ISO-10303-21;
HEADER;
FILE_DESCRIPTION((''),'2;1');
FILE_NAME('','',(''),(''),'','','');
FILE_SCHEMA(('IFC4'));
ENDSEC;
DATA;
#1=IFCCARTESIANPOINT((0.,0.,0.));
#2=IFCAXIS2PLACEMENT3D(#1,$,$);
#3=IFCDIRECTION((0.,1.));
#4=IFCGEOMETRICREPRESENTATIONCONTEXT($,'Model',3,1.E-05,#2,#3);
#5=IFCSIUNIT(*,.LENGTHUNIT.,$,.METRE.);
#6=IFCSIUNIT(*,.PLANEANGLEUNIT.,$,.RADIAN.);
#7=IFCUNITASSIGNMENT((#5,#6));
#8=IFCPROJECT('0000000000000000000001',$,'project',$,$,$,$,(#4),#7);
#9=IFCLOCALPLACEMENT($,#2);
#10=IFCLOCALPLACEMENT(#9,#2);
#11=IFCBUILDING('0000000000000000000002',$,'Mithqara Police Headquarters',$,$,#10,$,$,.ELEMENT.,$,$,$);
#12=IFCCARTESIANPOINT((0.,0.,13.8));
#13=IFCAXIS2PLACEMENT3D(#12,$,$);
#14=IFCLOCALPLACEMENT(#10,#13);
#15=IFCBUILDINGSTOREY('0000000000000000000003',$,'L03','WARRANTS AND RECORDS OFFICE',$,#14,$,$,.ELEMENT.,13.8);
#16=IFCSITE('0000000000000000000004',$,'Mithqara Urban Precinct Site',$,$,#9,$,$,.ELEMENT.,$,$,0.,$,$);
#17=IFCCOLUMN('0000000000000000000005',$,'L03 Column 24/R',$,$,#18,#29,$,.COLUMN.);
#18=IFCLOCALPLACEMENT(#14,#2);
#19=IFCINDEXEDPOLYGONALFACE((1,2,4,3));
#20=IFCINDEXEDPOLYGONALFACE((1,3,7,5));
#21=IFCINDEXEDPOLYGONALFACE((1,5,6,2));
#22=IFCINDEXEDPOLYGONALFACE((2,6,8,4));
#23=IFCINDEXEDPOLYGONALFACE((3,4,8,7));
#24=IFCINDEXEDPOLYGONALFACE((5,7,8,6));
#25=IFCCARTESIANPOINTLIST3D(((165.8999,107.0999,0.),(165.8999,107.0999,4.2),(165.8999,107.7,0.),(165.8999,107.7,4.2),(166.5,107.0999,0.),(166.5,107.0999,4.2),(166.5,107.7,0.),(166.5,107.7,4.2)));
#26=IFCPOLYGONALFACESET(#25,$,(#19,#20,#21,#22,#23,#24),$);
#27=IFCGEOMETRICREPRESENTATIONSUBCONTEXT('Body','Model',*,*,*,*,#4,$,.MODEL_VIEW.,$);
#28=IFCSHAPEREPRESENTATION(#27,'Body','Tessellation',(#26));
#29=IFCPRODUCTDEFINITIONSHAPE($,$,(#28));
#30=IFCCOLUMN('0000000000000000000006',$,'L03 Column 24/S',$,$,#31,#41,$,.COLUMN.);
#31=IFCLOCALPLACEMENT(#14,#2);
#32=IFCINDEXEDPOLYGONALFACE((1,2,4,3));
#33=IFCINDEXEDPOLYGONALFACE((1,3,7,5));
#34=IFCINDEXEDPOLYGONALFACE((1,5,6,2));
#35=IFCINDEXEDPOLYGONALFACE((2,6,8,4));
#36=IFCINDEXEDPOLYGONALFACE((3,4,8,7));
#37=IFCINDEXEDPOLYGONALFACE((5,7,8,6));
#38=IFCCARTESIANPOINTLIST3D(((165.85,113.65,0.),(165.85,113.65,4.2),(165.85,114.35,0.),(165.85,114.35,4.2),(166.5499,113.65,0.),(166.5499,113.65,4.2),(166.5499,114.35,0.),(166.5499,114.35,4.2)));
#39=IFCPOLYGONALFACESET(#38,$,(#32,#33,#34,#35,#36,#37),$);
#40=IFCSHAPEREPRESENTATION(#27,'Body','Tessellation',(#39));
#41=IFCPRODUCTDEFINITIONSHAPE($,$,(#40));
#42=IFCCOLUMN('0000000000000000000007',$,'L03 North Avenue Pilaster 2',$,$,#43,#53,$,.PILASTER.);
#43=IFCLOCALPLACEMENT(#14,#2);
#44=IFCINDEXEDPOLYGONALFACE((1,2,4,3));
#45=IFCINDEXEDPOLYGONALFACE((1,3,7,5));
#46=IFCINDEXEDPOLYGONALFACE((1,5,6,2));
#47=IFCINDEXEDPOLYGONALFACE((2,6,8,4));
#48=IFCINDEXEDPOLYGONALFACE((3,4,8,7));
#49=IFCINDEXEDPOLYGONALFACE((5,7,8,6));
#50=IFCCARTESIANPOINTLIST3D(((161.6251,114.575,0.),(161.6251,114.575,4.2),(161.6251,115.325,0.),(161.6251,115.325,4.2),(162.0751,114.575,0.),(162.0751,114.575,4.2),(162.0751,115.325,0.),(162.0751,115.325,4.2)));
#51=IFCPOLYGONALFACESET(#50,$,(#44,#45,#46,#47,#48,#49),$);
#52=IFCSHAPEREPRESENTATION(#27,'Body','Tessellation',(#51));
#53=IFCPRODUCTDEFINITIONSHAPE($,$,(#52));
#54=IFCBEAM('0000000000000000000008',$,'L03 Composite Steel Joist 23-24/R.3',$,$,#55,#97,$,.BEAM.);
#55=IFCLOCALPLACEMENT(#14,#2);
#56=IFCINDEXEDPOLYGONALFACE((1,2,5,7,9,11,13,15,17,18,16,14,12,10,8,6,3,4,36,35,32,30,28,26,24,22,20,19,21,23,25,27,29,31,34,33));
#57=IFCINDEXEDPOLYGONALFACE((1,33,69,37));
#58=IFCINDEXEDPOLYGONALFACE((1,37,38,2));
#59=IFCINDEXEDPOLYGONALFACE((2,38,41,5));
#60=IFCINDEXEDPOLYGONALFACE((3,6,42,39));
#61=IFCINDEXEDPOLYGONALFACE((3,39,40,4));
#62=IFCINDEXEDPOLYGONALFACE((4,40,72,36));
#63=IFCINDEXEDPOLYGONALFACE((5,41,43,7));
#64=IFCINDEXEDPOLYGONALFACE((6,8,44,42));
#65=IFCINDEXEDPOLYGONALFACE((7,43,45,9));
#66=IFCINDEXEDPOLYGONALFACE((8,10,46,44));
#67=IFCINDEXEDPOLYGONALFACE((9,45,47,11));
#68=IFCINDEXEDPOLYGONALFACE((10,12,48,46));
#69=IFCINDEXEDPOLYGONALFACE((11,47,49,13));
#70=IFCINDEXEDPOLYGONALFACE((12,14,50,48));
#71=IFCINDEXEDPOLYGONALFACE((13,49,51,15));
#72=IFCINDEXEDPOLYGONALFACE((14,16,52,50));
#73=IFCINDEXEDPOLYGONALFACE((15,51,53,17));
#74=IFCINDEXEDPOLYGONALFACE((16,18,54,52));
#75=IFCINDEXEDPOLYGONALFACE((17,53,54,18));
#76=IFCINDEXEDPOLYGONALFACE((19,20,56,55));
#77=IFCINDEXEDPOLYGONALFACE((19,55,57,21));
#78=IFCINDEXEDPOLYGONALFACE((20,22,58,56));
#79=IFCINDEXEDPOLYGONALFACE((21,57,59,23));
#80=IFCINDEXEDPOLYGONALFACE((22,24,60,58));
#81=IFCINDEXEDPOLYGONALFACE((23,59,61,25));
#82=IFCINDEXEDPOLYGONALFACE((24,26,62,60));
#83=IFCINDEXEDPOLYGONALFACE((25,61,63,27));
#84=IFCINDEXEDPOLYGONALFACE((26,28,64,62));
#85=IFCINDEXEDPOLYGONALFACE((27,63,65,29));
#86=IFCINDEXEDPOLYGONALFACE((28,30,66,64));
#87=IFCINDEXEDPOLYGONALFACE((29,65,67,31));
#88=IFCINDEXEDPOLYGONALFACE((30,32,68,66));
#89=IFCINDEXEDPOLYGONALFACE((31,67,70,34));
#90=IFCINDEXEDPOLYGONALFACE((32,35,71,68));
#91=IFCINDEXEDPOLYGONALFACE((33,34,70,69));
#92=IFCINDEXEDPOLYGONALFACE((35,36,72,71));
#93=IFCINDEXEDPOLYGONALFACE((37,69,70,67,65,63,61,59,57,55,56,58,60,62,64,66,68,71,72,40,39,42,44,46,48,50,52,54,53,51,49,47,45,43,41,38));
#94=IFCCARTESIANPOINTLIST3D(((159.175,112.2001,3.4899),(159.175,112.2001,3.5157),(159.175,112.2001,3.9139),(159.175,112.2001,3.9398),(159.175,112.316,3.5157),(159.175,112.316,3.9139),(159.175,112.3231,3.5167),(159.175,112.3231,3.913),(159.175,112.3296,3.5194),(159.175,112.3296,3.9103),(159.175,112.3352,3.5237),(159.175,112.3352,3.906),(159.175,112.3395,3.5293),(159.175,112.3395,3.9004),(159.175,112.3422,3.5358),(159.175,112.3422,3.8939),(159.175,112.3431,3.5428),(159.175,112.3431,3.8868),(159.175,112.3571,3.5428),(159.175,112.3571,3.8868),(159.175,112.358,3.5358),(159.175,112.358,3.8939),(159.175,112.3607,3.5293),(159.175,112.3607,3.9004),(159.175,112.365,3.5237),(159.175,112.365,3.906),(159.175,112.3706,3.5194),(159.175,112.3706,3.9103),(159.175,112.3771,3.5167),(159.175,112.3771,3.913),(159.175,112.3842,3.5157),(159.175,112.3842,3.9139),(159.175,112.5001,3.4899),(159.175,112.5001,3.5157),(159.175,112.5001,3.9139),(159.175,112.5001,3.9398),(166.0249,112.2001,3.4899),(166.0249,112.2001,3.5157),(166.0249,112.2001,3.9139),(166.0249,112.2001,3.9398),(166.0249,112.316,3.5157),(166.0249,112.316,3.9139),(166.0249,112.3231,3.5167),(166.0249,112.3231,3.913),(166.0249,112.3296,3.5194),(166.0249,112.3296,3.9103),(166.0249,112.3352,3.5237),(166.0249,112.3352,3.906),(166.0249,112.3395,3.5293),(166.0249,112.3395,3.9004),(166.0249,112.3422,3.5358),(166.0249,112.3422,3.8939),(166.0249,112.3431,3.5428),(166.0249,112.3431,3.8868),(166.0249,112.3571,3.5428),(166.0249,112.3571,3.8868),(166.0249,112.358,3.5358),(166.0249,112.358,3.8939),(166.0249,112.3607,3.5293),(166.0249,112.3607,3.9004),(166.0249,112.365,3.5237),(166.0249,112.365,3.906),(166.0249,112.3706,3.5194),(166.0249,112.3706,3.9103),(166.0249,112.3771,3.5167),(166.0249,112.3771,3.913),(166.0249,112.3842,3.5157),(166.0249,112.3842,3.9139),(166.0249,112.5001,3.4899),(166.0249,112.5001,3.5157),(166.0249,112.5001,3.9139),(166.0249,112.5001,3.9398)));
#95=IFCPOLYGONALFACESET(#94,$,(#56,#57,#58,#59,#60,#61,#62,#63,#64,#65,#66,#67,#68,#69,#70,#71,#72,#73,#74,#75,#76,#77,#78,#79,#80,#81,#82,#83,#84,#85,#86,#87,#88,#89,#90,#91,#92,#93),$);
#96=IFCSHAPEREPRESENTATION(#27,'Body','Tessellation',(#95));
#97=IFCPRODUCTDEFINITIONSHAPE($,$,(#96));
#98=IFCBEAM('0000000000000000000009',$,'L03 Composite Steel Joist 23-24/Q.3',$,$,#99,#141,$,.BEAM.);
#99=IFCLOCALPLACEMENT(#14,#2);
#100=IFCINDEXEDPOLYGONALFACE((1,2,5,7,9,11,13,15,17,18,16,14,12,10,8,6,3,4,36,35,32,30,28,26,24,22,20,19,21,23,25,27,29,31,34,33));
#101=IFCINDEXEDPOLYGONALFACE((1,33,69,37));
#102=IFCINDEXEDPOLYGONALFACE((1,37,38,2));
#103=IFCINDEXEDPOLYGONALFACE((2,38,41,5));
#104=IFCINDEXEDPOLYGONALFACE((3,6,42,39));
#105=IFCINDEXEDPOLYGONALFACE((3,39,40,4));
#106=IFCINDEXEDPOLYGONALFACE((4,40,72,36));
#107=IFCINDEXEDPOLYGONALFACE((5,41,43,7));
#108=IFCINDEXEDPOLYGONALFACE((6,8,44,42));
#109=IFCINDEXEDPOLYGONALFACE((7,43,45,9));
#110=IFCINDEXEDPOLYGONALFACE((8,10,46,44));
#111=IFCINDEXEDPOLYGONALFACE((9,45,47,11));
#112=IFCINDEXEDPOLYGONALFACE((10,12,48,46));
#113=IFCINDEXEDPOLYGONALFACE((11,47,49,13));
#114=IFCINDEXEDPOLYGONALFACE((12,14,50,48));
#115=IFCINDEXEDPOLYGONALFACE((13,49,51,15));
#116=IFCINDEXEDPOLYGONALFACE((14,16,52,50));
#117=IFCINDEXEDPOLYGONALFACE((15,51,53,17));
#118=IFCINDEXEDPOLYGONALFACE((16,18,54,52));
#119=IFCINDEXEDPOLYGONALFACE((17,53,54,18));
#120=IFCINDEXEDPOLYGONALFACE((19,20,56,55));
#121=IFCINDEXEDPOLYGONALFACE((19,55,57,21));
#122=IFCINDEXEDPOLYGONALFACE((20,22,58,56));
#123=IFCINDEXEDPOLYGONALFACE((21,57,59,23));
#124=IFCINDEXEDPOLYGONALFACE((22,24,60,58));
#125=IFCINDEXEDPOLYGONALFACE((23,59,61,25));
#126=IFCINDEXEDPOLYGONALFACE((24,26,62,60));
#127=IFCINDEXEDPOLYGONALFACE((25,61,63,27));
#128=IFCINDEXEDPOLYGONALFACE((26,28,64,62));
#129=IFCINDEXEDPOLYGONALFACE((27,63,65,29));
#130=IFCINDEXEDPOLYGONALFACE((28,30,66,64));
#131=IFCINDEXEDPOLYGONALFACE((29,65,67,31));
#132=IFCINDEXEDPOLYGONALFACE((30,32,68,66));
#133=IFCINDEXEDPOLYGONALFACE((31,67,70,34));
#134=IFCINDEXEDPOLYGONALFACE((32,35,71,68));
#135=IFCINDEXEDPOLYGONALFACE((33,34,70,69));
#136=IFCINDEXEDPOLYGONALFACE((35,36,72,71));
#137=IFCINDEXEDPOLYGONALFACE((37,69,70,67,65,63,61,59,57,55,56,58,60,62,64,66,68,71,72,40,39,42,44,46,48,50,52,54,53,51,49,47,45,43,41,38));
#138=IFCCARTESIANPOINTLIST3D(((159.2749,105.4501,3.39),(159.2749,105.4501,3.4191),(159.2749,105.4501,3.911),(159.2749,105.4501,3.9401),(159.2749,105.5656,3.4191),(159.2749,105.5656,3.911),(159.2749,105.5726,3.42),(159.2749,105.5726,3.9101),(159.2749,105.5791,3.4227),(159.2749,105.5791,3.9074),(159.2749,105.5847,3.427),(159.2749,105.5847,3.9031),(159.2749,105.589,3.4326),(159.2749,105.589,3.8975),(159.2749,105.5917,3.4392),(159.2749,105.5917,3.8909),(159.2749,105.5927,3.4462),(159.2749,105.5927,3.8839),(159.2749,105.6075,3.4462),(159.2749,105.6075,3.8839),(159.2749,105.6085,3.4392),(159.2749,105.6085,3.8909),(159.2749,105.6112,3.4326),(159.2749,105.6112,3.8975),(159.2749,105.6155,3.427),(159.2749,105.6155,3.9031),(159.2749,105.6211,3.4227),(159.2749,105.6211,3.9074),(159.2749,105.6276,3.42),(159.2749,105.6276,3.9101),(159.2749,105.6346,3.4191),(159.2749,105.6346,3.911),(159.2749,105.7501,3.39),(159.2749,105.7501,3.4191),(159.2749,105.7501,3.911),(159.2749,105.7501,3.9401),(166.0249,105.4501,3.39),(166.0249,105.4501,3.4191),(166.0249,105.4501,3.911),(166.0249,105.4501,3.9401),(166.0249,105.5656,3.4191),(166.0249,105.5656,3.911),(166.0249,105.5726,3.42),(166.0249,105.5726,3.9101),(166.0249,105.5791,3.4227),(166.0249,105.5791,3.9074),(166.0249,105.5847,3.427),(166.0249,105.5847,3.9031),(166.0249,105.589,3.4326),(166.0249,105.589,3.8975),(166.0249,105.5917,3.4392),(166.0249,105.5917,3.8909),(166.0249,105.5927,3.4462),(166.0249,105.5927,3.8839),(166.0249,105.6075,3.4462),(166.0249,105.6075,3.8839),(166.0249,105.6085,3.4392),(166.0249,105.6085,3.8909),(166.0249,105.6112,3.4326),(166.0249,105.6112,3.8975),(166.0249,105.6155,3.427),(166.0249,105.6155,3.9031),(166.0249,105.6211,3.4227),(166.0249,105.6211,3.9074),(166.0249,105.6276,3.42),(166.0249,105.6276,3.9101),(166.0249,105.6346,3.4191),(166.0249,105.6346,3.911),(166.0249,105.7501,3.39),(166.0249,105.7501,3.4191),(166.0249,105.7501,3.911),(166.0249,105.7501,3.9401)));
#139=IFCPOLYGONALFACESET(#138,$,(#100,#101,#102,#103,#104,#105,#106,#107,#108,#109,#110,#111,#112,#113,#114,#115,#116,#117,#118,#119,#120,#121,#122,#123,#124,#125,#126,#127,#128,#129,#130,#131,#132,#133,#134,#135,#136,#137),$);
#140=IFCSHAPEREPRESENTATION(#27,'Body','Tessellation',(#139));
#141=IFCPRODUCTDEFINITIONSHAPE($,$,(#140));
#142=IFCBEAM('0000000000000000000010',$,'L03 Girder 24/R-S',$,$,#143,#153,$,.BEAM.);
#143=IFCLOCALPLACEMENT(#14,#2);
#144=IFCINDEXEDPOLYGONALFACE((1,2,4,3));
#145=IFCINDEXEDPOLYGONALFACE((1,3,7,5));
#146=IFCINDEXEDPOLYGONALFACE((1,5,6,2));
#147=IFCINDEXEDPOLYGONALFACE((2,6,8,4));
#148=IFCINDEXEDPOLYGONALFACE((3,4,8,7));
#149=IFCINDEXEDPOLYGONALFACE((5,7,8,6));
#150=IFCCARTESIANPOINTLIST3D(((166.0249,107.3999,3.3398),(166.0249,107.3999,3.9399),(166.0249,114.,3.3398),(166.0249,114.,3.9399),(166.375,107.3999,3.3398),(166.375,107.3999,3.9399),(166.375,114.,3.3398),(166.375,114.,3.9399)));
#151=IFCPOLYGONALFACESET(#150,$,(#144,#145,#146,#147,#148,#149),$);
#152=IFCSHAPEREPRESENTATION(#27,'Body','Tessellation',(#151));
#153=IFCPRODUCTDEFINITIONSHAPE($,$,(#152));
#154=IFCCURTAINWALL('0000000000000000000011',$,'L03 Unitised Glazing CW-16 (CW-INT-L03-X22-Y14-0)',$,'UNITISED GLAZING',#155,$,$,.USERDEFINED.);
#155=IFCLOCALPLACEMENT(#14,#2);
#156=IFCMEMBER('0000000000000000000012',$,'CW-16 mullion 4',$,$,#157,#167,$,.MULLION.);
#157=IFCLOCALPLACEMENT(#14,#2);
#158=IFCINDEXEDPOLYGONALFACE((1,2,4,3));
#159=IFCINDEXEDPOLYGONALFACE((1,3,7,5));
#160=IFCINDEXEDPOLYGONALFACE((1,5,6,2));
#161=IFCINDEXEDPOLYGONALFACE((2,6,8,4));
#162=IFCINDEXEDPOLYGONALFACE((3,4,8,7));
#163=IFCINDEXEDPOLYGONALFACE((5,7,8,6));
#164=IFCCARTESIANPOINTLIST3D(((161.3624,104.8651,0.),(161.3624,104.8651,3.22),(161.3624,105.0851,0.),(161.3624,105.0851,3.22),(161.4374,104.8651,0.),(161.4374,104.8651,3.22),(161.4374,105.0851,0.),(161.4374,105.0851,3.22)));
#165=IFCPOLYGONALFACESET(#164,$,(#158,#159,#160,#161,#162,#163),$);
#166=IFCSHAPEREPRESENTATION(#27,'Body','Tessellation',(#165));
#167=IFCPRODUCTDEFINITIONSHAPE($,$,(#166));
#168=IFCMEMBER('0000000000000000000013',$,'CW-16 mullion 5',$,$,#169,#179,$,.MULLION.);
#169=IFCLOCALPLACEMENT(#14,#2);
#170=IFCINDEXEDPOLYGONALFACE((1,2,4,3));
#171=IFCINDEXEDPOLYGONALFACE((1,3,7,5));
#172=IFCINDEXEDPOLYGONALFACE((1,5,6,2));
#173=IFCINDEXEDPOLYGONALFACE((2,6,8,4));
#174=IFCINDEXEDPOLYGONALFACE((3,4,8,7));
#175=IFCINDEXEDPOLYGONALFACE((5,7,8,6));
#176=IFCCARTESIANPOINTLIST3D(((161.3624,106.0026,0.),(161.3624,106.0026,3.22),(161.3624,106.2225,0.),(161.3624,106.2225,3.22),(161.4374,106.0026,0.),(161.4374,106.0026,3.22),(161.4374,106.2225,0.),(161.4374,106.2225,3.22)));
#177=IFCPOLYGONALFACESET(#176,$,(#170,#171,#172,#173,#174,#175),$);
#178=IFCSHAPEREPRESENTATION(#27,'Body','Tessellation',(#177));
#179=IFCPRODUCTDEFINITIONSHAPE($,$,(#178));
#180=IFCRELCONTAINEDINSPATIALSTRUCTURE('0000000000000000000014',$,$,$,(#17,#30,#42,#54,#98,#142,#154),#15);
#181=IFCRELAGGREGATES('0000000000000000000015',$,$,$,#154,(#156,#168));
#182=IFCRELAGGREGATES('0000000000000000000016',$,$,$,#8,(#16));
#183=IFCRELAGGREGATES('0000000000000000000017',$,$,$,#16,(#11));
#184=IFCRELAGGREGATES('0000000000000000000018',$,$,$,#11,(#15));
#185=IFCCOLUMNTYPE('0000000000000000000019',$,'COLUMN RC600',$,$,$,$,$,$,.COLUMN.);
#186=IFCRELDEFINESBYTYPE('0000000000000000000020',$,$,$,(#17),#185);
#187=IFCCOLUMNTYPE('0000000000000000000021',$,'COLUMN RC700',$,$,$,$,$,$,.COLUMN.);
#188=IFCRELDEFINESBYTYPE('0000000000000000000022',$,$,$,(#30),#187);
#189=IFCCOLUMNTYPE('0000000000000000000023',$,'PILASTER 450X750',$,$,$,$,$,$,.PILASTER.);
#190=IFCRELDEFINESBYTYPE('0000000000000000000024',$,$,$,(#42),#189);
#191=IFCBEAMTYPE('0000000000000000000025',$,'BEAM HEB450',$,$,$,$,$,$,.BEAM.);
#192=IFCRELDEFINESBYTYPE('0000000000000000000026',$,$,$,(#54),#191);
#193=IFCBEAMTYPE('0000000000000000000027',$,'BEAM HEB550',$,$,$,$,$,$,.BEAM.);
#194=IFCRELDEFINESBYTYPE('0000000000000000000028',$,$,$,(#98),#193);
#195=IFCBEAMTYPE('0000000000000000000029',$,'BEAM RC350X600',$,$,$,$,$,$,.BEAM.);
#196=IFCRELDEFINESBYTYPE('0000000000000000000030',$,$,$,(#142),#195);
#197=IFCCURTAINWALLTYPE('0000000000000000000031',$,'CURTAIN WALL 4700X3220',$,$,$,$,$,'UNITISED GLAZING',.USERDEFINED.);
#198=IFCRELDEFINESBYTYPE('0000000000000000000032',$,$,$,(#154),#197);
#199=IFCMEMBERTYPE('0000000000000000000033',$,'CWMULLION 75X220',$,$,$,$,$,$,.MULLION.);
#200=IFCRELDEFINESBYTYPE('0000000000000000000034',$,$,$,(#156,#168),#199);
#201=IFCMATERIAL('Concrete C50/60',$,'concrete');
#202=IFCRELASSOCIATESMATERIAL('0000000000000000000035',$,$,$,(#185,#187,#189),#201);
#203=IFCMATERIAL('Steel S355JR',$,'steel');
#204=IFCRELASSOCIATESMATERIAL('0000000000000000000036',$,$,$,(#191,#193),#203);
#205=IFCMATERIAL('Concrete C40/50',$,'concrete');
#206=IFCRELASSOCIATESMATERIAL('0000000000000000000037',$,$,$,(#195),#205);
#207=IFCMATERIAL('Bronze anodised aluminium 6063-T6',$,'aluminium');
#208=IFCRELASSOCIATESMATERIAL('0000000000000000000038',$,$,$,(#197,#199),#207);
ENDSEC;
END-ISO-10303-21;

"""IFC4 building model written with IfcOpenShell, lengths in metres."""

from ifc_helpers import new_model, si_unit, direction, frame, origin, origin_2d, place, context, subcontext, project, spatial, rectangle, i_section, extrude, material, material_profile, profile_set, type_object, element, aggregate, save


model = new_model("IFC4")

# Units and contexts
model_context = context("Model", 3, precision=1e-05, world=origin(), true_north=direction((0.0, 1.0)))
body_context = subcontext(model_context, "Body", "Model", "MODEL_VIEW")
ifc_project = project(units=[si_unit("LENGTHUNIT", "METRE"), si_unit("PLANEANGLEUNIT", "RADIAN")], contexts=[model_context])

# Site, building, storey
site_placement = place(None, origin())
site = spatial("IfcSite", under=ifc_project, at=site_placement, Name="Mithqara Urban Precinct Site", CompositionType="ELEMENT", RefElevation=0.0)
building_placement = place(site_placement, origin())
building = spatial("IfcBuilding", under=site, at=building_placement, Name="Mithqara Police Headquarters", CompositionType="ELEMENT")
storey_placement = place(building_placement, frame((0.0, 0.0, 13.8)))
storey = spatial("IfcBuildingStorey", under=building, at=storey_placement, Name="L03", Description="WARRANTS AND RECORDS OFFICE", CompositionType="ELEMENT", Elevation=13.8)

# Columns
ifc_material_1 = material(Name="Concrete C50/60", Category="concrete")
ifc_material_profile_1 = material_profile(ifc_material_1, rectangle(XDim=0.6001, YDim=0.6001, at=origin_2d()), Name="RC 600x600")
ifc_profile_set_1 = profile_set([ifc_material_profile_1], Name="Concrete C50/60")
column_type_1 = type_object("IfcColumnType", Name="COLUMN RC600", PredefinedType="COLUMN", material=ifc_profile_set_1)
column_1_placement = place(storey_placement, frame((166.2, 107.3999, 0.0), z_axis=(0.0, 0.0, 1.0), x_axis=(1.0, 0.0, 0.0)))
element("IfcColumn", 1, at=column_1_placement, inside=storey, type_object=column_type_1, Name="L03 Column 24/R", PredefinedType="COLUMN", context=body_context, shape_type="SweptSolid", body=[
    extrude(rectangle(XDim=0.6001, YDim=0.6001, at=origin_2d()), origin(), (0.0, 0.0, 1.0), 4.2),
])
ifc_material_profile_2 = material_profile(ifc_material_1, rectangle(XDim=0.7, YDim=0.7, at=origin_2d()), Name="RC 700x700")
ifc_profile_set_2 = profile_set([ifc_material_profile_2], Name="Concrete C50/60")
column_type_2 = type_object("IfcColumnType", Name="COLUMN RC700", PredefinedType="COLUMN", material=ifc_profile_set_2)
column_2_placement = place(storey_placement, frame((166.2, 114.0, 0.0), z_axis=(0.0, 0.0, 1.0), x_axis=(1.0, 0.0, 0.0)))
element("IfcColumn", 2, at=column_2_placement, inside=storey, type_object=column_type_2, Name="L03 Column 24/S", PredefinedType="COLUMN", context=body_context, shape_type="SweptSolid", body=[
    extrude(rectangle(XDim=0.7, YDim=0.7, at=origin_2d()), origin(), (0.0, 0.0, 1.0), 4.2),
])
ifc_material_profile_3 = material_profile(ifc_material_1, rectangle(XDim=0.45, YDim=0.75, at=origin_2d()), Name="PIL 450x750")
ifc_profile_set_3 = profile_set([ifc_material_profile_3], Name="Concrete C50/60")
column_type_3 = type_object("IfcColumnType", Name="PILASTER 450X750", PredefinedType="PILASTER", material=ifc_profile_set_3)
column_3_placement = place(storey_placement, frame((161.8501, 114.95, 0.0), z_axis=(0.0, 0.0, 1.0), x_axis=(1.0, 0.0, 0.0)))
element("IfcColumn", 3, at=column_3_placement, inside=storey, type_object=column_type_3, Name="L03 North Avenue Pilaster 2", PredefinedType="PILASTER", context=body_context, shape_type="SweptSolid", body=[
    extrude(rectangle(XDim=0.45, YDim=0.75, at=origin_2d()), origin(), (0.0, 0.0, 1.0), 4.2),
])

# Beams
ifc_material_2 = material(Name="Steel S355JR", Category="steel")
ifc_material_profile_4 = material_profile(ifc_material_2, i_section(OverallWidth=0.3, OverallDepth=0.45, WebThickness=0.0139, FlangeThickness=0.0259, FilletRadius=0.0271, at=origin_2d()), Name="HEB 450")
ifc_profile_set_4 = profile_set([ifc_material_profile_4], Name="Steel S355JR")
beam_type_1 = type_object("IfcBeamType", Name="BEAM HEB450", PredefinedType="BEAM", material=ifc_profile_set_4)
beam_1_placement = place(storey_placement, frame((159.175, 112.3501, 3.7148), z_axis=(1.0, 0.0, 0.0), x_axis=(0.0, 1.0, 0.0)))
element("IfcBeam", 4, at=beam_1_placement, inside=storey, type_object=beam_type_1, Name="L03 Composite Steel Joist 23-24/R.3", PredefinedType="BEAM", context=body_context, shape_type="SweptSolid", body=[
    extrude(i_section(OverallWidth=0.3, OverallDepth=0.45, WebThickness=0.0139, FlangeThickness=0.0259, FilletRadius=0.0271, at=origin_2d()), origin(), (0.0, 0.0, 1.0), 6.8499),
])
ifc_material_profile_5 = material_profile(ifc_material_2, i_section(OverallWidth=0.3, OverallDepth=0.55, WebThickness=0.0149, FlangeThickness=0.0291, FilletRadius=0.0271, at=origin_2d()), Name="HEB 550")
ifc_profile_set_5 = profile_set([ifc_material_profile_5], Name="Steel S355JR")
beam_type_2 = type_object("IfcBeamType", Name="BEAM HEB550", PredefinedType="BEAM", material=ifc_profile_set_5)
beam_2_placement = place(storey_placement, frame((159.2749, 105.6001, 3.665), z_axis=(1.0, 0.0, 0.0), x_axis=(0.0, 1.0, 0.0)))
element("IfcBeam", 5, at=beam_2_placement, inside=storey, type_object=beam_type_2, Name="L03 Composite Steel Joist 23-24/Q.3", PredefinedType="BEAM", context=body_context, shape_type="SweptSolid", body=[
    extrude(i_section(OverallWidth=0.3, OverallDepth=0.55, WebThickness=0.0149, FlangeThickness=0.0291, FilletRadius=0.0271, at=origin_2d()), origin(), (0.0, 0.0, 1.0), 6.75),
])
ifc_material_3 = material(Name="Concrete C40/50", Category="concrete")
ifc_material_profile_6 = material_profile(ifc_material_3, rectangle(XDim=0.3501, YDim=0.6001, at=origin_2d()), Name="RC 350x600")
ifc_profile_set_6 = profile_set([ifc_material_profile_6], Name="Concrete C40/50")
beam_type_3 = type_object("IfcBeamType", Name="BEAM RC350X600", PredefinedType="BEAM", material=ifc_profile_set_6)
beam_3_placement = place(storey_placement, frame((166.2, 107.3999, 3.6399), z_axis=(0.0, 1.0, 0.0), x_axis=(-1.0, 0.0, 0.0)))
element("IfcBeam", 6, at=beam_3_placement, inside=storey, type_object=beam_type_3, Name="L03 Girder 24/R-S", PredefinedType="BEAM", context=body_context, shape_type="SweptSolid", body=[
    extrude(rectangle(XDim=0.3501, YDim=0.6001, at=origin_2d()), origin(), (0.0, 0.0, 1.0), 6.6001),
])

# Curtain wall, members
ifc_material_4 = material(Name="Bronze anodised aluminium 6063-T6", Category="aluminium")
curtain_wall_type = type_object("IfcCurtainWallType", Name="CURTAIN WALL 4700X3220", ElementType="UNITISED GLAZING", PredefinedType="USERDEFINED", material=ifc_material_4)
curtain_wall_placement = place(storey_placement, origin())
curtain_wall = element("IfcCurtainWall", 7, at=curtain_wall_placement, inside=storey, type_object=curtain_wall_type, Name="L03 Unitised Glazing CW-16 (CW-INT-L03-X22-Y14-0)", ObjectType="UNITISED GLAZING", PredefinedType="USERDEFINED")
ifc_material_profile_7 = material_profile(ifc_material_4, rectangle(XDim=0.075, YDim=0.22, at=origin_2d()), Name="CWM 75x220")
ifc_profile_set_7 = profile_set([ifc_material_profile_7], Name="Bronze anodised aluminium 6063-T6")
member_type_1 = type_object("IfcMemberType", Name="CWMULLION 75X220", PredefinedType="MULLION", material=ifc_profile_set_7)
member_1_placement = place(storey_placement, frame((161.3999, 104.9751, 0.0), z_axis=(0.0, 0.0, 1.0), x_axis=(-1.0, 0.0, 0.0)))
member_1 = element("IfcMember", 8, at=member_1_placement, type_object=member_type_1, Name="CW-16 mullion 4", PredefinedType="MULLION", context=body_context, shape_type="SweptSolid", body=[
    extrude(rectangle(XDim=0.075, YDim=0.22, at=origin_2d()), origin(), (0.0, 0.0, 1.0), 3.22),
])
member_2_placement = place(storey_placement, frame((161.3999, 106.1125, 0.0), z_axis=(0.0, 0.0, 1.0), x_axis=(-1.0, 0.0, 0.0)))
member_2 = element("IfcMember", 9, at=member_2_placement, type_object=member_type_1, Name="CW-16 mullion 5", PredefinedType="MULLION", context=body_context, shape_type="SweptSolid", body=[
    extrude(rectangle(XDim=0.075, YDim=0.22, at=origin_2d()), origin(), (0.0, 0.0, 1.0), 3.22),
])
aggregate(curtain_wall, [member_1, member_2])

save(model, "model.ifc")
